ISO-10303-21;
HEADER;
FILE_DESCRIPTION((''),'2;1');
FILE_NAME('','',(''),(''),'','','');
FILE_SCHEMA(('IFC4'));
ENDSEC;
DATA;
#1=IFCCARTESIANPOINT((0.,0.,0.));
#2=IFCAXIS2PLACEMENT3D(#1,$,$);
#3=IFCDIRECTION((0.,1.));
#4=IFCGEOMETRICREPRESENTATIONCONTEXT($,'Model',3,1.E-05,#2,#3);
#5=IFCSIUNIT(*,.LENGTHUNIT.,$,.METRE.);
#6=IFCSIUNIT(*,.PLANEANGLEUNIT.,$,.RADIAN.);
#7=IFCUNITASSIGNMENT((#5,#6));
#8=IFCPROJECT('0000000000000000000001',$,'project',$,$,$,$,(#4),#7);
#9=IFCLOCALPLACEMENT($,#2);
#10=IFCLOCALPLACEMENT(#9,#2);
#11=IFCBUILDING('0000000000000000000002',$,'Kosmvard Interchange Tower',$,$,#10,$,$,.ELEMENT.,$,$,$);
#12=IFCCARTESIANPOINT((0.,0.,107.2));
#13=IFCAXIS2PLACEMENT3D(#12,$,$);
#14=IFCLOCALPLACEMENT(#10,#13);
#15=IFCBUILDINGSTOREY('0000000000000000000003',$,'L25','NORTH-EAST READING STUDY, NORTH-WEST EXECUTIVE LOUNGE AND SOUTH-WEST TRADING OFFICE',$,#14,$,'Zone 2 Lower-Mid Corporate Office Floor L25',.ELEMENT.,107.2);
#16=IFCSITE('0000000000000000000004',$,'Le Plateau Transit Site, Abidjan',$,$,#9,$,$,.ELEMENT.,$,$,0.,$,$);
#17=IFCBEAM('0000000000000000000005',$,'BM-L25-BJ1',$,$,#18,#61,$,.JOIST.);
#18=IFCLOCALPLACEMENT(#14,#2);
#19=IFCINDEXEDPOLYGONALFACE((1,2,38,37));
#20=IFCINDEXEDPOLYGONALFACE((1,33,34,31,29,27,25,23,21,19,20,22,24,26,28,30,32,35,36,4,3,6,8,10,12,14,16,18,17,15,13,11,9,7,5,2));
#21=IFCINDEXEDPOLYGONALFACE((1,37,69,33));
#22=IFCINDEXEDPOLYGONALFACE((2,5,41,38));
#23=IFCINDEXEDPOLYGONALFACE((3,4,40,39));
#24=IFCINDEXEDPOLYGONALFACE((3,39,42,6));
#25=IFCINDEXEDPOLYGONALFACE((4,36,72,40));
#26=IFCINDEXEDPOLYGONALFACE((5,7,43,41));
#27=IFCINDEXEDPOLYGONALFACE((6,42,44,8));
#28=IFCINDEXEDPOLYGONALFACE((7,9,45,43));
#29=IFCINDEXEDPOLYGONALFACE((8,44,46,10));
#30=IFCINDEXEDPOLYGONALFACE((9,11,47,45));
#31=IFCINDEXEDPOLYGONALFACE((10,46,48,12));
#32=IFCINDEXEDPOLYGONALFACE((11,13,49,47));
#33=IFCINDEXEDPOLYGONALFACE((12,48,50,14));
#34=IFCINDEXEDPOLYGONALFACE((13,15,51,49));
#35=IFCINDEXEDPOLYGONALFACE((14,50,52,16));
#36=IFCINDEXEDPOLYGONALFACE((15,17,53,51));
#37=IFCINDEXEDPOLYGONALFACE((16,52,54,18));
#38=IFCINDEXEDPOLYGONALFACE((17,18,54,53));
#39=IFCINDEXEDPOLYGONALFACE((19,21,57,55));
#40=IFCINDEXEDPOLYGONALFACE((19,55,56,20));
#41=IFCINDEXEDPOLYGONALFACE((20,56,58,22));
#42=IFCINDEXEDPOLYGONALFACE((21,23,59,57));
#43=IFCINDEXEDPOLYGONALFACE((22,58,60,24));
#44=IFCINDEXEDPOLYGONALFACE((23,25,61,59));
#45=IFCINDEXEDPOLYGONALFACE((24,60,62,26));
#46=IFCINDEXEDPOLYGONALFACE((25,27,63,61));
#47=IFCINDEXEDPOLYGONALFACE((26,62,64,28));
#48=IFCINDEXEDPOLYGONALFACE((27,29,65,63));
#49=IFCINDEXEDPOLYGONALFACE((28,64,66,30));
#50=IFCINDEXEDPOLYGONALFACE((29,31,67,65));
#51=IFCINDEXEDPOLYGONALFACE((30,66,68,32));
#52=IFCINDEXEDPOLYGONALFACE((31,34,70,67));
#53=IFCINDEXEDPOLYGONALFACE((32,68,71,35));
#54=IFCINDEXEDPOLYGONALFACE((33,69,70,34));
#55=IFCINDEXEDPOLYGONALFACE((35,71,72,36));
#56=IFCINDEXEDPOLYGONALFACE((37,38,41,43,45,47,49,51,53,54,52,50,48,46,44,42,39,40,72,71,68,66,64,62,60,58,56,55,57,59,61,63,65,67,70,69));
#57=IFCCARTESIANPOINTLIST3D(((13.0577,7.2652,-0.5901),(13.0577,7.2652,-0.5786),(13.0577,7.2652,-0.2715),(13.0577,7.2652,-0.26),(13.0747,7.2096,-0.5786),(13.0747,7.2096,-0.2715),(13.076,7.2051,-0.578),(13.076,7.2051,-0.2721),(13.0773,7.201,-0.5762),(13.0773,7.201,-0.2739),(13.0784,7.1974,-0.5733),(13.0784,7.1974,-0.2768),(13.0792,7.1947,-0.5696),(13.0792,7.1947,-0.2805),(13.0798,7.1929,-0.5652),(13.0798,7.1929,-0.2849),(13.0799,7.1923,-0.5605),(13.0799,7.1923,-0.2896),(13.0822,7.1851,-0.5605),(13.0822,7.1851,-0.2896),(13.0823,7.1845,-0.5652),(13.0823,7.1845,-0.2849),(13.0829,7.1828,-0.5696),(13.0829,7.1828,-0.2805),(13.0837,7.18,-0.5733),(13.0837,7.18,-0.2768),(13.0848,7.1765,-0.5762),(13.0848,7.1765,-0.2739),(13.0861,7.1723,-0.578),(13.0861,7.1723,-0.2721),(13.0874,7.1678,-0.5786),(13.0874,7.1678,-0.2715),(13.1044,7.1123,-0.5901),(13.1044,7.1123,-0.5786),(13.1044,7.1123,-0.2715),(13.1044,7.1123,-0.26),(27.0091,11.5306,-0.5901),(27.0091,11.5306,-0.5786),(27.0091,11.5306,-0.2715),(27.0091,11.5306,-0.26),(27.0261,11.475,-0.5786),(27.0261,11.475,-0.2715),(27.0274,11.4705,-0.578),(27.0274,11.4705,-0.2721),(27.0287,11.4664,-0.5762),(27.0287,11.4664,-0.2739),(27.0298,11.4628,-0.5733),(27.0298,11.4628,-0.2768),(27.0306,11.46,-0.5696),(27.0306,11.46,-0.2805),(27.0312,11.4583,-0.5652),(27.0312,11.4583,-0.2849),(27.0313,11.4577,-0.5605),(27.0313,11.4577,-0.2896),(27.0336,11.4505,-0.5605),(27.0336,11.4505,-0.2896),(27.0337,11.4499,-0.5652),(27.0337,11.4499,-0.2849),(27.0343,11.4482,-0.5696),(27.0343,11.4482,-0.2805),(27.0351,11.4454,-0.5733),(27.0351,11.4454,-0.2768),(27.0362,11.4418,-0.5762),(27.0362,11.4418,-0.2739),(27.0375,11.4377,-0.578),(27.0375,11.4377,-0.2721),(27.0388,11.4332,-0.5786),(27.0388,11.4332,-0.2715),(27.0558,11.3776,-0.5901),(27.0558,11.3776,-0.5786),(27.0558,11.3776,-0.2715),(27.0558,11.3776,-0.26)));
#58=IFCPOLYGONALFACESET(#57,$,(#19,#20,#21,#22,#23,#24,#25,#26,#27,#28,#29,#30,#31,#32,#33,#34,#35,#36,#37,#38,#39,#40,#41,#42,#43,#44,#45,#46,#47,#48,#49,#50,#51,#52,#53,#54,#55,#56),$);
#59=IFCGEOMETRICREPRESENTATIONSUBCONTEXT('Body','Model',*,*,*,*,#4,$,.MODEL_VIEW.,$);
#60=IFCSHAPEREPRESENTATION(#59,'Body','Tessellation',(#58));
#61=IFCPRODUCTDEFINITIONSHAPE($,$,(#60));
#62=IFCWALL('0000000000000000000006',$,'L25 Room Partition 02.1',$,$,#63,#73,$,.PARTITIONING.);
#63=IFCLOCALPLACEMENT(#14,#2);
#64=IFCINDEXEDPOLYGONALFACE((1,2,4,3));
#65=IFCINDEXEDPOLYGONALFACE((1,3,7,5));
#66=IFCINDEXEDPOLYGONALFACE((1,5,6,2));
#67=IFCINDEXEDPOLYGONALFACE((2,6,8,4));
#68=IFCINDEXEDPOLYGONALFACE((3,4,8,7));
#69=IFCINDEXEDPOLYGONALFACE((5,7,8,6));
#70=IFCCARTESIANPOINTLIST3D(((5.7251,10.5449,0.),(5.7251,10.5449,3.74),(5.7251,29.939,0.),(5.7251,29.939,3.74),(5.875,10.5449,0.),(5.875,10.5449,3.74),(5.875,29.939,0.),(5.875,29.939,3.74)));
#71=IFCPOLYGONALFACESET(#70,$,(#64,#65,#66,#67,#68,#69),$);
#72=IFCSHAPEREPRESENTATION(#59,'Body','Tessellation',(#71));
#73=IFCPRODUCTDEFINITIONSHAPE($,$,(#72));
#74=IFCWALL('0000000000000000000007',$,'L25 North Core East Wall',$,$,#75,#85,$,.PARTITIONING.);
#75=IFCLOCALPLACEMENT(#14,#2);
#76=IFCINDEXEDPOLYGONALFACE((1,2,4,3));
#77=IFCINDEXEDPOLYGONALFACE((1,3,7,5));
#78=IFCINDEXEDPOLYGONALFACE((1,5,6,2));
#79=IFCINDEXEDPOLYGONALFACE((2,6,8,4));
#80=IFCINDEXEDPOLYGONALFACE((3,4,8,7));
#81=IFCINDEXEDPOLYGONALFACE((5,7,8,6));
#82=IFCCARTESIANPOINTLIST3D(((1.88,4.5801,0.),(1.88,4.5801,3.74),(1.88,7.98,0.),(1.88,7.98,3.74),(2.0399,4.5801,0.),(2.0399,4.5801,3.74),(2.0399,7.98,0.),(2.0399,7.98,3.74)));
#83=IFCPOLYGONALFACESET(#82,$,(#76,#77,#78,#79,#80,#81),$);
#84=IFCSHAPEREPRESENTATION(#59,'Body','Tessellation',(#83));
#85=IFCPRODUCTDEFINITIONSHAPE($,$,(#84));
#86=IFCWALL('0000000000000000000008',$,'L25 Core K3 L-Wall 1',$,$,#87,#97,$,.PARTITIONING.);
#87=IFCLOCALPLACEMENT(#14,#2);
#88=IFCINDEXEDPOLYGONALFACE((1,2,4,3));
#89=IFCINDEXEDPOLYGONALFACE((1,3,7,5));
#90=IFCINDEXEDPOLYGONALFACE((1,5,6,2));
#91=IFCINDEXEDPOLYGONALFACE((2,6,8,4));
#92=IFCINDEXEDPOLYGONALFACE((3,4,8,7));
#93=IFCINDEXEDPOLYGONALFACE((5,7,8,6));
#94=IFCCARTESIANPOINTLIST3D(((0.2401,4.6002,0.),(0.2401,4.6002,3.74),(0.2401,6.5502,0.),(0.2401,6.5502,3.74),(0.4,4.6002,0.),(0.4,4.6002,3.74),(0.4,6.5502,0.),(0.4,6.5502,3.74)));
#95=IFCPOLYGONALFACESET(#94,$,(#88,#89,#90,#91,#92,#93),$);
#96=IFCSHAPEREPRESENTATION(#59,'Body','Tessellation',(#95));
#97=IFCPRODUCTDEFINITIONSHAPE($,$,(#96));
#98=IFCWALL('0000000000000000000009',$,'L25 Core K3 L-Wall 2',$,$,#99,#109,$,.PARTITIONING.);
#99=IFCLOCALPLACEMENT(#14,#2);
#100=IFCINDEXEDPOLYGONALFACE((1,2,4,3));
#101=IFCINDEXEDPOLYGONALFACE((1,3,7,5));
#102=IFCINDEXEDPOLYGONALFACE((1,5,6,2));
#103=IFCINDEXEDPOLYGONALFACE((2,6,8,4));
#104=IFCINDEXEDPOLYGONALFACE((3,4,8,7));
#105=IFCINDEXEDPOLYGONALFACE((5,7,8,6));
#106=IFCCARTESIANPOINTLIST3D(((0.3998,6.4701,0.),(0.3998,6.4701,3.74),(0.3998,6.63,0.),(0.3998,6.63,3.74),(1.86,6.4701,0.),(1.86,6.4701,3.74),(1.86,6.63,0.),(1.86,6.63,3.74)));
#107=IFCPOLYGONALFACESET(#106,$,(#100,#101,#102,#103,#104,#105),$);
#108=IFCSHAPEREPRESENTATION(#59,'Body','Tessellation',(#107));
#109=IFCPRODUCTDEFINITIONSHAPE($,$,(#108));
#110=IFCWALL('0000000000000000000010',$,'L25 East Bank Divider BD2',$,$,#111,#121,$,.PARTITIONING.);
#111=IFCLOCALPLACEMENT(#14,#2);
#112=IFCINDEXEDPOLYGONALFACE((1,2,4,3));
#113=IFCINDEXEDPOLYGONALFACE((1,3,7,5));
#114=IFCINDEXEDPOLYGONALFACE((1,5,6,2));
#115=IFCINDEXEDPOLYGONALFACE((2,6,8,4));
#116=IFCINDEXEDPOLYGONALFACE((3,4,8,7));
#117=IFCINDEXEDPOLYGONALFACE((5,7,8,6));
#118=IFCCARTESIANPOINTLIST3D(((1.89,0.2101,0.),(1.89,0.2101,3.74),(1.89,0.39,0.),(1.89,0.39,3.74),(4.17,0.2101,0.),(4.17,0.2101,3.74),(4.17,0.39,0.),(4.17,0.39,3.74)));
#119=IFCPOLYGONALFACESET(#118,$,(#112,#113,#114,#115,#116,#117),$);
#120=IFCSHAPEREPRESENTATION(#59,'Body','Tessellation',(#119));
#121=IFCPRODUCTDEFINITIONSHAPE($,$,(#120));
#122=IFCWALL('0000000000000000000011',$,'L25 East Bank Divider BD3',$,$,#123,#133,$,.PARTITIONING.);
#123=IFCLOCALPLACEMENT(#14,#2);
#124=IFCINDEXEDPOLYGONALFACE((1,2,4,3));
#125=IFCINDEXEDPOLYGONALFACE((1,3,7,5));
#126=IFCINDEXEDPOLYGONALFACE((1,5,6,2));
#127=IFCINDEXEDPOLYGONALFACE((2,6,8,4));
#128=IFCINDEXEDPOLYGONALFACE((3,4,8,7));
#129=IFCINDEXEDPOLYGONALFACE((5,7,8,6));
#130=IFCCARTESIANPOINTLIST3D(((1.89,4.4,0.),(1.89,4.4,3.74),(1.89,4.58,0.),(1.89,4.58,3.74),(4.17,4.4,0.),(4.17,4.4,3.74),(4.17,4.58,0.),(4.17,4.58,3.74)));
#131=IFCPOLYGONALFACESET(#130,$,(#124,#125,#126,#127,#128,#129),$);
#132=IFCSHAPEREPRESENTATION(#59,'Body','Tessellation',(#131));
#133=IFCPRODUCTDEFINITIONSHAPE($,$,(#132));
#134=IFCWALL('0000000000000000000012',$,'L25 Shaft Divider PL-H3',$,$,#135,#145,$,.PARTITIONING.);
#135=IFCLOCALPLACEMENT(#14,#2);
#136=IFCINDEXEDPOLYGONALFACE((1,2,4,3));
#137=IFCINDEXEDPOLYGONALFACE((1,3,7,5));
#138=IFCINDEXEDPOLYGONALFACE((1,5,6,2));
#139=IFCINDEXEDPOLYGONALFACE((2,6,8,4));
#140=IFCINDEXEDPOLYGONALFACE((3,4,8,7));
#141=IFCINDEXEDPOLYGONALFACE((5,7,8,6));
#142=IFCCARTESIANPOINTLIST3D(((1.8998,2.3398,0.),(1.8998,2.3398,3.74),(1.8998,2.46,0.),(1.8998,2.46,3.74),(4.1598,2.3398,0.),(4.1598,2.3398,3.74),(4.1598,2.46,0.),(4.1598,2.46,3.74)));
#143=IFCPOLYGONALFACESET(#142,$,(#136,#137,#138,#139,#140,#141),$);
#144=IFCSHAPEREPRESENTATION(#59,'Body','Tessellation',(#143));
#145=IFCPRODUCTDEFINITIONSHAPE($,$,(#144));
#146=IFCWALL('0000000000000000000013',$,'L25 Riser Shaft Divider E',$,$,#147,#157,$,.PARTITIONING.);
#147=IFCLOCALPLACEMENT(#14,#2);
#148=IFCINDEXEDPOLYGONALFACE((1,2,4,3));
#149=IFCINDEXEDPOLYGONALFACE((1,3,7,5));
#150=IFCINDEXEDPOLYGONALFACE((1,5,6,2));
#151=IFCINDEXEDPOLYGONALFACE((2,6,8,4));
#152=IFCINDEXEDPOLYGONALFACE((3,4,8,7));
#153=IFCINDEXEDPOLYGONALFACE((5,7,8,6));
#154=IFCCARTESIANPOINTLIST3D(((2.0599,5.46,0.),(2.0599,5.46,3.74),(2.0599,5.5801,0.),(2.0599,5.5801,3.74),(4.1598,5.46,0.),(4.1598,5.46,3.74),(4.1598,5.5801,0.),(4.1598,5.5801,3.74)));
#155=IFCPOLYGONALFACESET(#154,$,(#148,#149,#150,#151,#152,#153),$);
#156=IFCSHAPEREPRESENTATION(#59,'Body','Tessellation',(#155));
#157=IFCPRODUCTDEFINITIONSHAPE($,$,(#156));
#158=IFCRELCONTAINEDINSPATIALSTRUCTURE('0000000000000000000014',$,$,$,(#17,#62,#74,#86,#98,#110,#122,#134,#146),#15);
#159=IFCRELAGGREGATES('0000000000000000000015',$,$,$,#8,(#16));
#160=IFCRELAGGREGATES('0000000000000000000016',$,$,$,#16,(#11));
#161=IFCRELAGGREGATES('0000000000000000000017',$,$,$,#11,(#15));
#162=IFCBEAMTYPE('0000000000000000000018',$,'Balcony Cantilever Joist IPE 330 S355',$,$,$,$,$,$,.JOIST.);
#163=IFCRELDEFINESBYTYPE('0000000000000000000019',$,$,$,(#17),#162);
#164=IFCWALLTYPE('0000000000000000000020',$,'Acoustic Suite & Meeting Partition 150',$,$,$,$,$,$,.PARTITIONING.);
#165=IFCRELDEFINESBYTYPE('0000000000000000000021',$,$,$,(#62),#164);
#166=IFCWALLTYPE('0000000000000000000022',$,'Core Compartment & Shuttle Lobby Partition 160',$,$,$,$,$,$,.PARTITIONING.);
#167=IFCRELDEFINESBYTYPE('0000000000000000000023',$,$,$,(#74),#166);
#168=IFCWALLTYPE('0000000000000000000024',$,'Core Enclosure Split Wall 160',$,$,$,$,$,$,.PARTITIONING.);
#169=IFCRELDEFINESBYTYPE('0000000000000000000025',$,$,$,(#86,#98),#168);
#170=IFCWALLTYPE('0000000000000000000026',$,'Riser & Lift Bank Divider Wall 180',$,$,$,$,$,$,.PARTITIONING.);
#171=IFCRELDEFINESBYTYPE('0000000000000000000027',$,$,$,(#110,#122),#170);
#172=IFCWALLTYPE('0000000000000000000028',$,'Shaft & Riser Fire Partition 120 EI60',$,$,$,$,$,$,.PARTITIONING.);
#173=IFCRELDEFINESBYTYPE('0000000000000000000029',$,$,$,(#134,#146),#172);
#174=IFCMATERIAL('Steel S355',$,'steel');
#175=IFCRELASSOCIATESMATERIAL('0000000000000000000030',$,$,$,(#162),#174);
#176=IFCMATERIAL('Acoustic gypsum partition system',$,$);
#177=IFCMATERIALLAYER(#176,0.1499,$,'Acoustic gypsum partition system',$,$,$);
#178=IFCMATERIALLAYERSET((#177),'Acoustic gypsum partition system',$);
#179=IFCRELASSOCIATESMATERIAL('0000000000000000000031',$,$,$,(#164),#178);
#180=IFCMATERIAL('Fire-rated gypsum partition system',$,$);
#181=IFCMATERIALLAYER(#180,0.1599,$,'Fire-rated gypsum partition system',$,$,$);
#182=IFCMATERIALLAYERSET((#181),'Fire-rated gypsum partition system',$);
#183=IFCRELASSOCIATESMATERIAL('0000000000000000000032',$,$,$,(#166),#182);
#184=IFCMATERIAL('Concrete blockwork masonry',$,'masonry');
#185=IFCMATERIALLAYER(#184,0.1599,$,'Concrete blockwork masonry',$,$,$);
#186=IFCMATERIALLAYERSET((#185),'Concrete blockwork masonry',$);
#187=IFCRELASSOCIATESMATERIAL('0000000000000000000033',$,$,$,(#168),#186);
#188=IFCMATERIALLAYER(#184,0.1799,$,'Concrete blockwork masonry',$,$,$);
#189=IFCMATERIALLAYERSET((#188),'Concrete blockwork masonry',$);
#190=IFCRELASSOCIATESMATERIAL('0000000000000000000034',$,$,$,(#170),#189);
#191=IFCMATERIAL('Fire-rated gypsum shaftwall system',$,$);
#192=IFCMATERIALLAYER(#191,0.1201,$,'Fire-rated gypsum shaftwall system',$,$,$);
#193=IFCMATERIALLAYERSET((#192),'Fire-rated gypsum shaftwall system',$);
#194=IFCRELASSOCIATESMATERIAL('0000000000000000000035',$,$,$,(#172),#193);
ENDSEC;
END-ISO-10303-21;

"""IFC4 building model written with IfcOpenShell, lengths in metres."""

from ifc_helpers import new_model, si_unit, direction, frame, frame_2d, origin, origin_2d, place, context, subcontext, project, spatial, rectangle, i_section, extrude, source, transform, mapped, material, layer, layer_set, material_profile, profile_set, type_object, element, save


model = new_model("IFC4")

# Units and contexts
model_context = context("Model", 3, precision=1e-05, world=origin(), true_north=direction((0.0, 1.0)))
body_context = subcontext(model_context, "Body", "Model", "MODEL_VIEW")
ifc_project = project(units=[si_unit("LENGTHUNIT", "METRE"), si_unit("PLANEANGLEUNIT", "RADIAN")], contexts=[model_context])

# Site, building, storey
site_placement = place(None, origin())
site = spatial("IfcSite", under=ifc_project, at=site_placement, Name="Le Plateau Transit Site, Abidjan", CompositionType="ELEMENT", RefElevation=0.0)
building_placement = place(site_placement, origin())
building = spatial("IfcBuilding", under=site, at=building_placement, Name="Kosmvard Interchange Tower", CompositionType="ELEMENT")
storey_placement = place(building_placement, frame((0.0, 0.0, 107.2)))
storey = spatial("IfcBuildingStorey", under=building, at=storey_placement, Name="L25", Description="NORTH-EAST READING STUDY, NORTH-WEST EXECUTIVE LOUNGE AND SOUTH-WEST TRADING OFFICE", LongName="Zone 2 Lower-Mid Corporate Office Floor L25", CompositionType="ELEMENT", Elevation=107.2)

# Beam
ifc_material_1 = material(Name="Steel S355", Category="steel")
ifc_material_profile_1 = material_profile(ifc_material_1, i_section(OverallWidth=0.1599, OverallDepth=0.3301, WebThickness=0.0076, FlangeThickness=0.0115, FilletRadius=0.0181, at=origin_2d()), Name="IPE 330")
ifc_profile_set_1 = profile_set([ifc_material_profile_1], Name="Steel S355")
beam_type_1 = type_object("IfcBeamType", Name="Balcony Cantilever Joist IPE 330 S355", PredefinedType="JOIST", material=ifc_profile_set_1)
shared_shape_1 = source(origin(), body_context, "Body", "SweptSolid", [
    extrude(i_section(OverallWidth=0.1599, OverallDepth=0.3301, WebThickness=0.0076, FlangeThickness=0.0115, FilletRadius=0.0181, at=origin_2d()), origin(), (0.0, 0.0, 1.0), 14.5889),
])
beam_1_placement = place(storey_placement, frame((13.0811, 7.1887, -0.425), z_axis=(0.956305, 0.292372, 0.0), x_axis=(-0.292372, 0.956305, 0.0)))
element("IfcBeam", 1, at=beam_1_placement, inside=storey, type_object=beam_type_1, Name="BM-L25-BJ1", PredefinedType="JOIST", context=body_context, shape_type="MappedRepresentation", body=[
    mapped(shared_shape_1, transform((0.0, 0.0, 0.0), scale=1.0)),
])

# Walls
ifc_material_2 = material(Name="Acoustic gypsum partition system")
ifc_layer_1 = layer(ifc_material_2, 0.1499, Name="Acoustic gypsum partition system")
ifc_layer_set_1 = layer_set([ifc_layer_1], Name="Acoustic gypsum partition system")
wall_type_1 = type_object("IfcWallType", Name="Acoustic Suite & Meeting Partition 150", PredefinedType="PARTITIONING", material=ifc_layer_set_1)
wall_1_placement = place(storey_placement, frame((5.8, 10.5449, 0.0), z_axis=(0.0, 0.0, 1.0), x_axis=(0.0, 1.0, 0.0)))
element("IfcWall", 2, at=wall_1_placement, inside=storey, type_object=wall_type_1, Name="L25 Room Partition 02.1", PredefinedType="PARTITIONING", context=body_context, shape_type="SweptSolid", body=[
    extrude(rectangle(XDim=19.394, YDim=0.1499, at=frame_2d((9.697, 0.0))), origin(), (0.0, 0.0, 1.0), 3.74),
])
ifc_material_3 = material(Name="Fire-rated gypsum partition system")
ifc_layer_2 = layer(ifc_material_3, 0.1599, Name="Fire-rated gypsum partition system")
ifc_layer_set_2 = layer_set([ifc_layer_2], Name="Fire-rated gypsum partition system")
wall_type_2 = type_object("IfcWallType", Name="Core Compartment & Shuttle Lobby Partition 160", PredefinedType="PARTITIONING", material=ifc_layer_set_2)
wall_2_placement = place(storey_placement, frame((1.96, 4.5801, 0.0), z_axis=(0.0, 0.0, 1.0), x_axis=(0.0, 1.0, 0.0)))
element("IfcWall", 3, at=wall_2_placement, inside=storey, type_object=wall_type_2, Name="L25 North Core East Wall", PredefinedType="PARTITIONING", context=body_context, shape_type="SweptSolid", body=[
    extrude(rectangle(XDim=3.3999, YDim=0.1599, at=frame_2d((1.7, 0.0))), origin(), (0.0, 0.0, 1.0), 3.74),
])
ifc_material_4 = material(Name="Concrete blockwork masonry", Category="masonry")
ifc_layer_3 = layer(ifc_material_4, 0.1599, Name="Concrete blockwork masonry")
ifc_layer_set_3 = layer_set([ifc_layer_3], Name="Concrete blockwork masonry")
wall_type_3 = type_object("IfcWallType", Name="Core Enclosure Split Wall 160", PredefinedType="PARTITIONING", material=ifc_layer_set_3)
wall_3_placement = place(storey_placement, frame((0.3201, 4.6001, 0.0), z_axis=(0.0, 0.0, 1.0), x_axis=(0.0, 1.0, 0.0)))
element("IfcWall", 4, at=wall_3_placement, inside=storey, type_object=wall_type_3, Name="L25 Core K3 L-Wall 1", PredefinedType="PARTITIONING", context=body_context, shape_type="SweptSolid", body=[
    extrude(rectangle(XDim=1.95, YDim=0.1599, at=frame_2d((0.9751, 0.0))), origin(), (0.0, 0.0, 1.0), 3.74),
])
wall_4_placement = place(storey_placement, frame((0.3999, 6.55, 0.0), z_axis=(0.0, 0.0, 1.0), x_axis=(1.0, 0.0, 0.0)))
element("IfcWall", 5, at=wall_4_placement, inside=storey, type_object=wall_type_3, Name="L25 Core K3 L-Wall 2", PredefinedType="PARTITIONING", context=body_context, shape_type="SweptSolid", body=[
    extrude(rectangle(XDim=1.4602, YDim=0.1599, at=frame_2d((0.73, 0.0))), origin(), (0.0, 0.0, 1.0), 3.74),
])
ifc_layer_4 = layer(ifc_material_4, 0.1799, Name="Concrete blockwork masonry")
ifc_layer_set_4 = layer_set([ifc_layer_4], Name="Concrete blockwork masonry")
wall_type_4 = type_object("IfcWallType", Name="Riser & Lift Bank Divider Wall 180", PredefinedType="PARTITIONING", material=ifc_layer_set_4)
for number, where, z_axis, x_axis, name in (
    (6, (1.8899, 0.3, 0.0), (0.0, 0.0, 1.0), (1.0, 0.0, 0.0), "L25 East Bank Divider BD2"),
    (7, (1.8899, 4.49, 0.0), (0.0, 0.0, 1.0), (1.0, 0.0, 0.0), "L25 East Bank Divider BD3"),
):
    element("IfcWall", number, at=place(storey_placement, frame(where, z_axis=z_axis, x_axis=x_axis)), inside=storey, type_object=wall_type_4, Name=name, PredefinedType="PARTITIONING", context=body_context, shape_type="SweptSolid", body=[
        extrude(rectangle(XDim=2.28, YDim=0.1799, at=frame_2d((1.1401, 0.0))), origin(), (0.0, 0.0, 1.0), 3.74),
    ])
ifc_material_5 = material(Name="Fire-rated gypsum shaftwall system")
ifc_layer_5 = layer(ifc_material_5, 0.1201, Name="Fire-rated gypsum shaftwall system")
ifc_layer_set_5 = layer_set([ifc_layer_5], Name="Fire-rated gypsum shaftwall system")
wall_type_5 = type_object("IfcWallType", Name="Shaft & Riser Fire Partition 120 EI60", PredefinedType="PARTITIONING", material=ifc_layer_set_5)
wall_5_placement = place(storey_placement, frame((1.8999, 2.3999, 0.0), z_axis=(0.0, 0.0, 1.0), x_axis=(1.0, 0.0, 0.0)))
element("IfcWall", 8, at=wall_5_placement, inside=storey, type_object=wall_type_5, Name="L25 Shaft Divider PL-H3", PredefinedType="PARTITIONING", context=body_context, shape_type="SweptSolid", body=[
    extrude(rectangle(XDim=2.26, YDim=0.1201, at=frame_2d((1.1299, 0.0))), origin(), (0.0, 0.0, 1.0), 3.74),
])
wall_6_placement = place(storey_placement, frame((2.0601, 5.52, 0.0), z_axis=(0.0, 0.0, 1.0), x_axis=(1.0, 0.0, 0.0)))
element("IfcWall", 9, at=wall_6_placement, inside=storey, type_object=wall_type_5, Name="L25 Riser Shaft Divider E", PredefinedType="PARTITIONING", context=body_context, shape_type="SweptSolid", body=[
    extrude(rectangle(XDim=2.0999, YDim=0.1201, at=frame_2d((1.0498, 0.0))), origin(), (0.0, 0.0, 1.0), 3.74),
])

save(model, "model.ifc")
